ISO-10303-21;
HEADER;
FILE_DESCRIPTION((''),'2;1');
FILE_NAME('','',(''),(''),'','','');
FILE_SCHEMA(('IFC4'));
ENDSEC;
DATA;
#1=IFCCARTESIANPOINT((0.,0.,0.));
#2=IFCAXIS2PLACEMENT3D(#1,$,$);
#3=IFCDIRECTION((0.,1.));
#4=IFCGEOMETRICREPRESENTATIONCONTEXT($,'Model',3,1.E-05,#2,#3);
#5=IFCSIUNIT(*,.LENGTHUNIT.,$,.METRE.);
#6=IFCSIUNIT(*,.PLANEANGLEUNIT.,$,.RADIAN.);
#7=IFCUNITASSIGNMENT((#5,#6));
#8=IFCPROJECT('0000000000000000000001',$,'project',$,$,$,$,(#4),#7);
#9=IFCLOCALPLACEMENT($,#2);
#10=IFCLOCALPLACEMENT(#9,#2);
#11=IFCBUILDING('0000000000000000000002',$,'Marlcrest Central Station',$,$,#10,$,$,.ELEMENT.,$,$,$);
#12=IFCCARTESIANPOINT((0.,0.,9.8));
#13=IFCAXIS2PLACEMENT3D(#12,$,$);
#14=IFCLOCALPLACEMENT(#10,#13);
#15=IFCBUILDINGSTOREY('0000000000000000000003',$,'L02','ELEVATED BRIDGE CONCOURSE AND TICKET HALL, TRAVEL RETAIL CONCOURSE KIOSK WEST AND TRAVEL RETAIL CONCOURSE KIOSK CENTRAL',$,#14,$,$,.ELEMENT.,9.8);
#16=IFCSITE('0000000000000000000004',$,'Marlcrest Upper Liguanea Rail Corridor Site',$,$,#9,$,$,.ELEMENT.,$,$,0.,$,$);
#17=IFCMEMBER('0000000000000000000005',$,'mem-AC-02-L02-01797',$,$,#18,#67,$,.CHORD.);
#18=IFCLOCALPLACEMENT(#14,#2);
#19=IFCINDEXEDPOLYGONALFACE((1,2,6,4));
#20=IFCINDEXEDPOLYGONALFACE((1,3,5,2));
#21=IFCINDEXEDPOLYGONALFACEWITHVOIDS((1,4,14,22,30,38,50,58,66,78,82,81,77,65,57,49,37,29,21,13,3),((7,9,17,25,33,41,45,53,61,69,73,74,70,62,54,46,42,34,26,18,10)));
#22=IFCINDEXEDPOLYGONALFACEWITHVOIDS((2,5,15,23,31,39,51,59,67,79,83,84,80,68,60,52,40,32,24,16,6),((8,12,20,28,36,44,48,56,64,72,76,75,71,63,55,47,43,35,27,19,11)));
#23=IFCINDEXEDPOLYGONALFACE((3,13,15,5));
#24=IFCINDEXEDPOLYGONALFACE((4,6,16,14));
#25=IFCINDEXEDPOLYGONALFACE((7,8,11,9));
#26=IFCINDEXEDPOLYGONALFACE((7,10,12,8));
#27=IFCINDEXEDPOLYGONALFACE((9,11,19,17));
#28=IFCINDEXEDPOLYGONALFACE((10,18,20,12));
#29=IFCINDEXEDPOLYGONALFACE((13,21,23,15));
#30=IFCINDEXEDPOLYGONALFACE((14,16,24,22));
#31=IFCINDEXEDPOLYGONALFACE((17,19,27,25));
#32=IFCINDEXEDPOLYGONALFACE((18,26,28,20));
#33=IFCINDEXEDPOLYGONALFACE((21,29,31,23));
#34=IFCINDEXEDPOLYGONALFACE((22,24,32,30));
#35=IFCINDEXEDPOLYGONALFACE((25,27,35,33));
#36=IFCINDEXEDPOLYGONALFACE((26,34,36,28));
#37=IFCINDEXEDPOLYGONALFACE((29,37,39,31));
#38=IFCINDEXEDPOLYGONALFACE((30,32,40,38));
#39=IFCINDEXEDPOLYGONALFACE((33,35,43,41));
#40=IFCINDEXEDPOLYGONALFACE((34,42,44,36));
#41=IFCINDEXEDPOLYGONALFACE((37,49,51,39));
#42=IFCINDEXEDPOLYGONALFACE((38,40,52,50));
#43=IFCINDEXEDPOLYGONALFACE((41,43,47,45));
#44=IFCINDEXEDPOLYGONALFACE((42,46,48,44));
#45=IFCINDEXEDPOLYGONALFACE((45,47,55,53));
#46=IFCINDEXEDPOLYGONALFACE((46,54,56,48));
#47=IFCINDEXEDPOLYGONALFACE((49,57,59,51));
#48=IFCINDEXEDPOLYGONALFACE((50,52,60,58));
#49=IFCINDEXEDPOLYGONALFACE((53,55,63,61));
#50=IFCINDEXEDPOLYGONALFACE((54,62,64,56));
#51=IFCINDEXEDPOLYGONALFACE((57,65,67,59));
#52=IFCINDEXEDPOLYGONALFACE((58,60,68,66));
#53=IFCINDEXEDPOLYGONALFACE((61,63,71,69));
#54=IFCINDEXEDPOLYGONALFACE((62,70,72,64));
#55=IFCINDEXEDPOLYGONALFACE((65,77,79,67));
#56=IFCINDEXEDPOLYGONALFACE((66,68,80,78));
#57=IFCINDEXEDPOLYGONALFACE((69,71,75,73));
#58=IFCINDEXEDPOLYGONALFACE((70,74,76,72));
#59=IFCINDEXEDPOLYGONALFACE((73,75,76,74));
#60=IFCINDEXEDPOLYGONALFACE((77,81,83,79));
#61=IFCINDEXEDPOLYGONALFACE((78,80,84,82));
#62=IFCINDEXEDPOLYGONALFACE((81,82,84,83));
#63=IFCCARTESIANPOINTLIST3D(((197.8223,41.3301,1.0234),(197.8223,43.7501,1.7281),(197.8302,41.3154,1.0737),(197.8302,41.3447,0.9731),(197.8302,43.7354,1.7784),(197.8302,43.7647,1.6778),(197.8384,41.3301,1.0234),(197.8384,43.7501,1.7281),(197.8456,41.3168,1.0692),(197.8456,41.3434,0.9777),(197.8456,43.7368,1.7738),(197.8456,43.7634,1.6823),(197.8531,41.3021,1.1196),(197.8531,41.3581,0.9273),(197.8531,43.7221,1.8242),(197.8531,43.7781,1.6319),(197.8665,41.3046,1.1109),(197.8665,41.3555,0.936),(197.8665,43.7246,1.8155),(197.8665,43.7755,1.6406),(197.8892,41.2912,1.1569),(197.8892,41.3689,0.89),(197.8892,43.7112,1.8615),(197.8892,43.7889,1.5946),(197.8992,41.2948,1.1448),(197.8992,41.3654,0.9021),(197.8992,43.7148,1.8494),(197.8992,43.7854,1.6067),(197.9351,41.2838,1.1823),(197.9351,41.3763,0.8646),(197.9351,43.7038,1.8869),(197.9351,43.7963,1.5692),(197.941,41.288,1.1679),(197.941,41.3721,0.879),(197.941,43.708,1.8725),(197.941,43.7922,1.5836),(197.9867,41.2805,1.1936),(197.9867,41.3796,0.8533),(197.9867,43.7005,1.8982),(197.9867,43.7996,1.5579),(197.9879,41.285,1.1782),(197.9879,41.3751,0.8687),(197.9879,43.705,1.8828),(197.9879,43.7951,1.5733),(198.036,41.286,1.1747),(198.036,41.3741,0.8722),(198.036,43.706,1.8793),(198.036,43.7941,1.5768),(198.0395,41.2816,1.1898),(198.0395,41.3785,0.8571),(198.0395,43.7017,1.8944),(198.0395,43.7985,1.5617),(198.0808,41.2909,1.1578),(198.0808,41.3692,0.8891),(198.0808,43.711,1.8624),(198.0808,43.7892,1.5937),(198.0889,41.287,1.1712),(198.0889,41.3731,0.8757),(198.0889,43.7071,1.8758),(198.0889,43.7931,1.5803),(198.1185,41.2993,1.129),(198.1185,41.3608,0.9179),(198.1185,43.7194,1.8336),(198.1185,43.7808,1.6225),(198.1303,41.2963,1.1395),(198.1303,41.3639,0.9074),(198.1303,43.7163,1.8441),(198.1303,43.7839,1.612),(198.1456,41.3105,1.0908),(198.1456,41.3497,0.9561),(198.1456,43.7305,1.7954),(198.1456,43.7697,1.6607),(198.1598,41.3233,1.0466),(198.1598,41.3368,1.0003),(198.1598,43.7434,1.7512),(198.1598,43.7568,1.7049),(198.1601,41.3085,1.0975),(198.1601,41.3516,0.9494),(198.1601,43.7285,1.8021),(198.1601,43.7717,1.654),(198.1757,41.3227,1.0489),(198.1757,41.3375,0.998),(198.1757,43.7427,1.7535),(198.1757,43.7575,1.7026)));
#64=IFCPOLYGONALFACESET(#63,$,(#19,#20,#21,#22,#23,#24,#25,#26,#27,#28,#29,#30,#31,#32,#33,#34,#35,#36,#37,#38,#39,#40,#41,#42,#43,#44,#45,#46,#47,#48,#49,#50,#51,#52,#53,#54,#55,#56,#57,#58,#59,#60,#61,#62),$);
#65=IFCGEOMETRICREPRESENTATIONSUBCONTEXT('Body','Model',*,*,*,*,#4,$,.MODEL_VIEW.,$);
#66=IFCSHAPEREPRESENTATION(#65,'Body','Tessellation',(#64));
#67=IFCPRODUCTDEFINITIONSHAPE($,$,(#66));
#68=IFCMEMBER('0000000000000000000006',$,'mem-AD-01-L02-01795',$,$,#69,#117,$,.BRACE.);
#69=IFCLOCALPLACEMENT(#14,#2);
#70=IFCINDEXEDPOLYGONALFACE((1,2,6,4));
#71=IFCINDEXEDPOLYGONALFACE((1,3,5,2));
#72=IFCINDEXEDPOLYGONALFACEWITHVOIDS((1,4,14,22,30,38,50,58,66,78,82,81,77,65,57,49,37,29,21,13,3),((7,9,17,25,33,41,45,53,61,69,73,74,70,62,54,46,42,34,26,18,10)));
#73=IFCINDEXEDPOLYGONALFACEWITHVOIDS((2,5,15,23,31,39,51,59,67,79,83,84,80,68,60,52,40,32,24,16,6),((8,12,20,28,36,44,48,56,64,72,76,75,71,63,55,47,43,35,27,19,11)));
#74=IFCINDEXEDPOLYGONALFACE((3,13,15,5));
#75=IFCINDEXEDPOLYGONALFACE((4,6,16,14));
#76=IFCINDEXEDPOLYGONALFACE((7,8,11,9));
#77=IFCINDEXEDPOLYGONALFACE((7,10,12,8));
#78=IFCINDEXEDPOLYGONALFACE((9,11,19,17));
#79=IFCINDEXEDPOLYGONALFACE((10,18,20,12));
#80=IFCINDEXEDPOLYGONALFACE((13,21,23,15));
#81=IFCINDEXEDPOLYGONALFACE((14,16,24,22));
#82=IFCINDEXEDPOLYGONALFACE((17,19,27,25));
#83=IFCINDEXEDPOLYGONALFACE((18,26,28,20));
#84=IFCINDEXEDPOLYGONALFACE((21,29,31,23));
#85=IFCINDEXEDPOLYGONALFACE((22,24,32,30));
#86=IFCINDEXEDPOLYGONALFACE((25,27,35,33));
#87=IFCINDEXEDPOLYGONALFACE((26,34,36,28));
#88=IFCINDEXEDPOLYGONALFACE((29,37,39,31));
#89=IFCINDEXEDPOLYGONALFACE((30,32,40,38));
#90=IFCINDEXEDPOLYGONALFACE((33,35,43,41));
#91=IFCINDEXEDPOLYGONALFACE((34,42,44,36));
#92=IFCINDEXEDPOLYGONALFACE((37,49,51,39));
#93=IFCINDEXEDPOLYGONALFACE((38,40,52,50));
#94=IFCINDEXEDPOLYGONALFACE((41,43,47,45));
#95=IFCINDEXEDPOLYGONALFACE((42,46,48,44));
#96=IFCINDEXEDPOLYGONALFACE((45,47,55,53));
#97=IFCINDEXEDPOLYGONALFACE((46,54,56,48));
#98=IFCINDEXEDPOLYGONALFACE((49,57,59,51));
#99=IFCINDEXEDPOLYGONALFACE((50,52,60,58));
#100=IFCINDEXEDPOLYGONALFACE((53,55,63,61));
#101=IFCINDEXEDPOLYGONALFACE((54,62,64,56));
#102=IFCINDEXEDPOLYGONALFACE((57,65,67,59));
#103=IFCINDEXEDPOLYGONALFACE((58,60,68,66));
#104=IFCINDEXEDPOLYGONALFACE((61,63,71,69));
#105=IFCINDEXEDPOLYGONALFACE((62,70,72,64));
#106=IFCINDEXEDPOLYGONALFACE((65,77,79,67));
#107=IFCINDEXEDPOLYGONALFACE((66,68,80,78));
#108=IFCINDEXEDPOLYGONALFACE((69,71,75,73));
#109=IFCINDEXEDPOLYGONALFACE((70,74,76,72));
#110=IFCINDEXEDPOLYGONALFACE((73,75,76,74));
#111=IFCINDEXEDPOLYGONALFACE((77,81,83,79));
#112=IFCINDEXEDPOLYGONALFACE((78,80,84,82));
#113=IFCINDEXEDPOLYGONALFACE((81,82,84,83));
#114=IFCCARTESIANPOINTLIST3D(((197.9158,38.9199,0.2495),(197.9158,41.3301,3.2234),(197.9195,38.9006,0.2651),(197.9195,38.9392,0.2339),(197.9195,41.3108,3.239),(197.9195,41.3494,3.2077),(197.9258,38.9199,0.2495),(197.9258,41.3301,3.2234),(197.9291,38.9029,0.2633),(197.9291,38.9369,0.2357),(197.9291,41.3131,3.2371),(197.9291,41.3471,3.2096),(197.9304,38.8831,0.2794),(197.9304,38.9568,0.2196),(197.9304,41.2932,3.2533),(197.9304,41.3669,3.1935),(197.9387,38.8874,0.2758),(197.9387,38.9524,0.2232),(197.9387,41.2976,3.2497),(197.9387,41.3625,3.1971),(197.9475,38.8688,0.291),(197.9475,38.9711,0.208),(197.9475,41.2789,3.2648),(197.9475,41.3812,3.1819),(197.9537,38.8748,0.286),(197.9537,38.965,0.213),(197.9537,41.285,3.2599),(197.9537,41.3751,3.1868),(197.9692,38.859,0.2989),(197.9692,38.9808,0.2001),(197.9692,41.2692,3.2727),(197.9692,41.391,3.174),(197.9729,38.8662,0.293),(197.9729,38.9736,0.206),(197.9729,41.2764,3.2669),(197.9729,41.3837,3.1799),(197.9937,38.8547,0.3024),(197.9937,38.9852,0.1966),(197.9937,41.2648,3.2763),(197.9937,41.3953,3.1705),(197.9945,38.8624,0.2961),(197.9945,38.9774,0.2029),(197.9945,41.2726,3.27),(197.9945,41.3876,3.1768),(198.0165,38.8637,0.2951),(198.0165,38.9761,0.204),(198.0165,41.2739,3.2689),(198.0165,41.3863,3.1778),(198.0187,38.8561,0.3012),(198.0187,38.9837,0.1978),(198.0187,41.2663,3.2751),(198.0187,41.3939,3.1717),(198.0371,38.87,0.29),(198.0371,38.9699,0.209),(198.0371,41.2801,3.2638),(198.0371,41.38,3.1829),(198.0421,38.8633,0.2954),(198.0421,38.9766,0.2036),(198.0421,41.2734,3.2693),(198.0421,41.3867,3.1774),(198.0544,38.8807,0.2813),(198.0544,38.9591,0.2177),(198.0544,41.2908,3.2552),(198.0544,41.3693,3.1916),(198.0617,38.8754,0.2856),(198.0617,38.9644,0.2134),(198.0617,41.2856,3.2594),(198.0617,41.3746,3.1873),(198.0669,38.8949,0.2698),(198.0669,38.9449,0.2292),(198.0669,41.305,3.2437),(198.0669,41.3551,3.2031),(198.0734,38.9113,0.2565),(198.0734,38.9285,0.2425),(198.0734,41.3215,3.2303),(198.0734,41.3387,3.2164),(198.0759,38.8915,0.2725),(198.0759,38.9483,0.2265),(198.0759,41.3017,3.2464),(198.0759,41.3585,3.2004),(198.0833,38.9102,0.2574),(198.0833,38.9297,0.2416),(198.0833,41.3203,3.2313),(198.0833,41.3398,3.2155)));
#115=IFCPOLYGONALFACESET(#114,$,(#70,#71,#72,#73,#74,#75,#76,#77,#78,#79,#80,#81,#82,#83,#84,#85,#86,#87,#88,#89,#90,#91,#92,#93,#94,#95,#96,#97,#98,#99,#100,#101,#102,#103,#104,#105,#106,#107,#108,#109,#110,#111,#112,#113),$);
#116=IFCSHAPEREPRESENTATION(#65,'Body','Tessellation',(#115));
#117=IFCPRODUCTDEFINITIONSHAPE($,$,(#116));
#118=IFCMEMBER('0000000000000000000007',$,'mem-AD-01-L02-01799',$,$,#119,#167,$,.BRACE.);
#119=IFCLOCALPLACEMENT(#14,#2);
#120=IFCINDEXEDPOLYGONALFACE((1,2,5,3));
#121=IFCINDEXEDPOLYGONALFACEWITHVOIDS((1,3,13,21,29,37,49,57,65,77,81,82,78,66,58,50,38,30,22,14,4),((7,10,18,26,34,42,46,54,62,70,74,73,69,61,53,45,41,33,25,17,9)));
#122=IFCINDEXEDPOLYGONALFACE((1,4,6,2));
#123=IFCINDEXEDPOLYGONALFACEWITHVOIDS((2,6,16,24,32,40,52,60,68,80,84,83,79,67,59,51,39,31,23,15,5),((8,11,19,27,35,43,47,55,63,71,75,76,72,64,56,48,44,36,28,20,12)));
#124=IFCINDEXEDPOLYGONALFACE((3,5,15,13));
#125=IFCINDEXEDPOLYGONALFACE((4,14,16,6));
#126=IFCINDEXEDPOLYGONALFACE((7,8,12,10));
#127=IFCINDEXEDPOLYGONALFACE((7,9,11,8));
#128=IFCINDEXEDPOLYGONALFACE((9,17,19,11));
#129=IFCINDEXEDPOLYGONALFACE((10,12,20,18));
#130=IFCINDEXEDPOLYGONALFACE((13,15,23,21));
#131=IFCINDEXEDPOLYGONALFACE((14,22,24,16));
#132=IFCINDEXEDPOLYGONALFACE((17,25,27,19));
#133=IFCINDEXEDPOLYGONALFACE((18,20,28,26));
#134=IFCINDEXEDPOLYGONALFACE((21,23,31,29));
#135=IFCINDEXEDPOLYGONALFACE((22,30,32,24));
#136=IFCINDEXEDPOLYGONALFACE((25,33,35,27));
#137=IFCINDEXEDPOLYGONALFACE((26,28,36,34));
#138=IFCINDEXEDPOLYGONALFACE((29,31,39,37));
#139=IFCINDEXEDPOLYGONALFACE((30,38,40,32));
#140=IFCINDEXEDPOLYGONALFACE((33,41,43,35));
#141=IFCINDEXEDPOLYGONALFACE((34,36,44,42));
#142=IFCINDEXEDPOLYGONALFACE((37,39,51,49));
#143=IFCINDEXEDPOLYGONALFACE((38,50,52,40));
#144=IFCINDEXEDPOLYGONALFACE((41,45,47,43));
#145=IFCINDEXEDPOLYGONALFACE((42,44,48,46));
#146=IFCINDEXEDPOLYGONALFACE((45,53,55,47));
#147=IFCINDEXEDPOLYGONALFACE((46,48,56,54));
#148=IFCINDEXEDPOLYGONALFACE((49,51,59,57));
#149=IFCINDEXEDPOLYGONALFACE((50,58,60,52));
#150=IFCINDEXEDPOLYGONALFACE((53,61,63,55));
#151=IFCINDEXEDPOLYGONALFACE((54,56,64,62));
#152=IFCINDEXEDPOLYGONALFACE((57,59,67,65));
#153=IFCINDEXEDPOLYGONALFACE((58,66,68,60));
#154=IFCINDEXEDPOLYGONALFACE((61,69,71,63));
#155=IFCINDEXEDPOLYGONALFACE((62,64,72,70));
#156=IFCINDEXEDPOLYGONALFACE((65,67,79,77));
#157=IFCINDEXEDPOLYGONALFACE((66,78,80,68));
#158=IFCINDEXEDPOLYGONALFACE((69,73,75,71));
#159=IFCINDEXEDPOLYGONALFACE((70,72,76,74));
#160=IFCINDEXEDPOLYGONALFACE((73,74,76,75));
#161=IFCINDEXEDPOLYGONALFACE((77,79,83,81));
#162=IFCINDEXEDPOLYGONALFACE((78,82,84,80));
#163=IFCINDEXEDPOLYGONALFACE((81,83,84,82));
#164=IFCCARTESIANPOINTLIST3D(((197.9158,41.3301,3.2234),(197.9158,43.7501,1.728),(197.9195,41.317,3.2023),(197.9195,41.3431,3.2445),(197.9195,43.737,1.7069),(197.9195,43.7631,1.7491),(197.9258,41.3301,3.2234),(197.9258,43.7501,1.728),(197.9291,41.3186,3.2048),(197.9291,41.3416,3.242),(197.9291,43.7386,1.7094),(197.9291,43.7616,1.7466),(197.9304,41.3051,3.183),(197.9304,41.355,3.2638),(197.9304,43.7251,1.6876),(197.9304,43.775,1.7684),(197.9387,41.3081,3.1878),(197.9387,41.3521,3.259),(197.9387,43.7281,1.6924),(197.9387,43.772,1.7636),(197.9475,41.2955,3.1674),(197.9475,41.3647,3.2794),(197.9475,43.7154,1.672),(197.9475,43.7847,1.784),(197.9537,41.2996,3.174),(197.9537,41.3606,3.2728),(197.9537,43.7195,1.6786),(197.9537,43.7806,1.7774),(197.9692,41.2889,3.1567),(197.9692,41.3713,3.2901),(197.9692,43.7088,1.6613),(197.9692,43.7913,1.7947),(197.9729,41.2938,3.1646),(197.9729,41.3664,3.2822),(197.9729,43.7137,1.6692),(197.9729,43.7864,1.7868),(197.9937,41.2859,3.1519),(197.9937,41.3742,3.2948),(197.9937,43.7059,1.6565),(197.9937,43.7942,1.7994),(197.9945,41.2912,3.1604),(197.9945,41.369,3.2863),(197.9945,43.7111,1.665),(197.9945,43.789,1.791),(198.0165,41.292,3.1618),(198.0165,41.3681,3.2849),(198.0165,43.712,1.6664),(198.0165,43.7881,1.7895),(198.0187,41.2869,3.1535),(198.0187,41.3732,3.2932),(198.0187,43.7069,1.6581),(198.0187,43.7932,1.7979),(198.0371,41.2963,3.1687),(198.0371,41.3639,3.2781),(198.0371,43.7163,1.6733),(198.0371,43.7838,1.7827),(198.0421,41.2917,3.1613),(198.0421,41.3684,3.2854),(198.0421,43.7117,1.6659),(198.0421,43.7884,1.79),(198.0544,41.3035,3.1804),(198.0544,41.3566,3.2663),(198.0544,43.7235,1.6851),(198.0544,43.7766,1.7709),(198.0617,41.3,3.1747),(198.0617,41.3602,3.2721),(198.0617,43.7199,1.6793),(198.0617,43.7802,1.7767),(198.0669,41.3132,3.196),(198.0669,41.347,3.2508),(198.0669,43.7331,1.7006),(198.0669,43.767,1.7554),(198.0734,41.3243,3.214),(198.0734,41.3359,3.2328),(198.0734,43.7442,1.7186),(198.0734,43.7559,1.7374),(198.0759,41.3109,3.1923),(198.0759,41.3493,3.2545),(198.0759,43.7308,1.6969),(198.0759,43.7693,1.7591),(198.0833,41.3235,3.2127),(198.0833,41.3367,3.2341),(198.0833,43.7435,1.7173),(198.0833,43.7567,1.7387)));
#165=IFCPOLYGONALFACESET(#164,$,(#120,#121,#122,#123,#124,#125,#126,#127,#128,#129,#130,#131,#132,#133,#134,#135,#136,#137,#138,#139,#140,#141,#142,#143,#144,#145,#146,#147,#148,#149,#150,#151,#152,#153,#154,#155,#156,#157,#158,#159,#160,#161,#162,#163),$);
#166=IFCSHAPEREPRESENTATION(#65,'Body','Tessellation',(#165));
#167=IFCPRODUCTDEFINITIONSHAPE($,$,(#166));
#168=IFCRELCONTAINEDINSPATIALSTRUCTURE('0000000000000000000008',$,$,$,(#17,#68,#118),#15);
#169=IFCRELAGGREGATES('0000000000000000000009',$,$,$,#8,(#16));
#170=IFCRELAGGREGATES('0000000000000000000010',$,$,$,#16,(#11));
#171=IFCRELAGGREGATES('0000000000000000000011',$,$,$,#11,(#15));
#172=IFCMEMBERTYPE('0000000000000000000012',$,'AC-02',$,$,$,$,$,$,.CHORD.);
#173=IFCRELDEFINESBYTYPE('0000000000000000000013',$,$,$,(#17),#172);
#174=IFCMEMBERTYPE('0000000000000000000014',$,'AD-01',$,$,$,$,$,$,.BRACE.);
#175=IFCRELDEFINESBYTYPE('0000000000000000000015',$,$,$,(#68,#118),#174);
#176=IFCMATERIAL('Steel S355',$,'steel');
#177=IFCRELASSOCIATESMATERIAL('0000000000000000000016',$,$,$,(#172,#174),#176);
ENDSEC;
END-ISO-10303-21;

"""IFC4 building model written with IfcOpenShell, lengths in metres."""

from ifc_helpers import new_model, si_unit, direction, frame, origin, origin_2d, place, context, subcontext, project, spatial, hollow_circle, extrude, material, material_profile, profile_set, type_object, element, save


model = new_model("IFC4")

# Units and contexts
model_context = context("Model", 3, precision=1e-05, world=origin(), true_north=direction((0.0, 1.0)))
body_context = subcontext(model_context, "Body", "Model", "MODEL_VIEW")
ifc_project = project(units=[si_unit("LENGTHUNIT", "METRE"), si_unit("PLANEANGLEUNIT", "RADIAN")], contexts=[model_context])

# Site, building, storey
site_placement = place(None, origin())
site = spatial("IfcSite", under=ifc_project, at=site_placement, Name="Marlcrest Upper Liguanea Rail Corridor Site", CompositionType="ELEMENT", RefElevation=0.0)
building_placement = place(site_placement, origin())
building = spatial("IfcBuilding", under=site, at=building_placement, Name="Marlcrest Central Station", CompositionType="ELEMENT")
storey_placement = place(building_placement, frame((0.0, 0.0, 9.8)))
storey = spatial("IfcBuildingStorey", under=building, at=storey_placement, Name="L02", Description="ELEVATED BRIDGE CONCOURSE AND TICKET HALL, TRAVEL RETAIL CONCOURSE KIOSK WEST AND TRAVEL RETAIL CONCOURSE KIOSK CENTRAL", CompositionType="ELEMENT", Elevation=9.8)

# Members
ifc_material_1 = material(Name="Steel S355", Category="steel")
ifc_material_profile_1 = material_profile(ifc_material_1, hollow_circle(Radius=0.1777, WallThickness=0.0161, at=origin_2d()), Name="CHS 355.6x16")
ifc_profile_set_1 = profile_set([ifc_material_profile_1], Name="Steel S355")
member_type_1 = type_object("IfcMemberType", Name="AC-02", PredefinedType="CHORD", material=ifc_profile_set_1)
member_1_placement = place(storey_placement, frame((198.0, 41.3301, 1.0234), z_axis=(0.0, 0.96013, 0.279554), x_axis=(-1.0, 0.0, 0.0)))
element("IfcMember", 1, at=member_1_placement, inside=storey, type_object=member_type_1, Name="mem-AC-02-L02-01797", PredefinedType="CHORD", context=body_context, shape_type="SweptSolid", body=[
    extrude(hollow_circle(Radius=0.1777, WallThickness=0.0161, at=origin_2d()), origin(), (0.0, 0.0, 1.0), 2.5205),
])
ifc_material_profile_2 = material_profile(ifc_material_1, hollow_circle(Radius=0.0842, WallThickness=0.01, at=origin_2d()), Name="CHS 168.3x10")
ifc_profile_set_2 = profile_set([ifc_material_profile_2], Name="Steel S355")
member_type_2 = type_object("IfcMemberType", Name="AD-01", PredefinedType="BRACE", material=ifc_profile_set_2)
member_2_placement = place(storey_placement, frame((198.0, 38.9199, 0.2495), z_axis=(0.0, 0.629629, 0.776896), x_axis=(-1.0, 0.0, 0.0)))
element("IfcMember", 2, at=member_2_placement, inside=storey, type_object=member_type_2, Name="mem-AD-01-L02-01795", PredefinedType="BRACE", context=body_context, shape_type="SweptSolid", body=[
    extrude(hollow_circle(Radius=0.0842, WallThickness=0.01, at=origin_2d()), origin(), (0.0, 0.0, 1.0), 3.8279),
])
member_3_placement = place(storey_placement, frame((198.0, 41.3301, 3.2234), z_axis=(0.0, 0.850687, -0.525672), x_axis=(-1.0, 0.0, 0.0)))
element("IfcMember", 3, at=member_3_placement, inside=storey, type_object=member_type_2, Name="mem-AD-01-L02-01799", PredefinedType="BRACE", context=body_context, shape_type="SweptSolid", body=[
    extrude(hollow_circle(Radius=0.0842, WallThickness=0.01, at=origin_2d()), origin(), (0.0, 0.0, 1.0), 2.8447),
])

save(model, "model.ifc")
